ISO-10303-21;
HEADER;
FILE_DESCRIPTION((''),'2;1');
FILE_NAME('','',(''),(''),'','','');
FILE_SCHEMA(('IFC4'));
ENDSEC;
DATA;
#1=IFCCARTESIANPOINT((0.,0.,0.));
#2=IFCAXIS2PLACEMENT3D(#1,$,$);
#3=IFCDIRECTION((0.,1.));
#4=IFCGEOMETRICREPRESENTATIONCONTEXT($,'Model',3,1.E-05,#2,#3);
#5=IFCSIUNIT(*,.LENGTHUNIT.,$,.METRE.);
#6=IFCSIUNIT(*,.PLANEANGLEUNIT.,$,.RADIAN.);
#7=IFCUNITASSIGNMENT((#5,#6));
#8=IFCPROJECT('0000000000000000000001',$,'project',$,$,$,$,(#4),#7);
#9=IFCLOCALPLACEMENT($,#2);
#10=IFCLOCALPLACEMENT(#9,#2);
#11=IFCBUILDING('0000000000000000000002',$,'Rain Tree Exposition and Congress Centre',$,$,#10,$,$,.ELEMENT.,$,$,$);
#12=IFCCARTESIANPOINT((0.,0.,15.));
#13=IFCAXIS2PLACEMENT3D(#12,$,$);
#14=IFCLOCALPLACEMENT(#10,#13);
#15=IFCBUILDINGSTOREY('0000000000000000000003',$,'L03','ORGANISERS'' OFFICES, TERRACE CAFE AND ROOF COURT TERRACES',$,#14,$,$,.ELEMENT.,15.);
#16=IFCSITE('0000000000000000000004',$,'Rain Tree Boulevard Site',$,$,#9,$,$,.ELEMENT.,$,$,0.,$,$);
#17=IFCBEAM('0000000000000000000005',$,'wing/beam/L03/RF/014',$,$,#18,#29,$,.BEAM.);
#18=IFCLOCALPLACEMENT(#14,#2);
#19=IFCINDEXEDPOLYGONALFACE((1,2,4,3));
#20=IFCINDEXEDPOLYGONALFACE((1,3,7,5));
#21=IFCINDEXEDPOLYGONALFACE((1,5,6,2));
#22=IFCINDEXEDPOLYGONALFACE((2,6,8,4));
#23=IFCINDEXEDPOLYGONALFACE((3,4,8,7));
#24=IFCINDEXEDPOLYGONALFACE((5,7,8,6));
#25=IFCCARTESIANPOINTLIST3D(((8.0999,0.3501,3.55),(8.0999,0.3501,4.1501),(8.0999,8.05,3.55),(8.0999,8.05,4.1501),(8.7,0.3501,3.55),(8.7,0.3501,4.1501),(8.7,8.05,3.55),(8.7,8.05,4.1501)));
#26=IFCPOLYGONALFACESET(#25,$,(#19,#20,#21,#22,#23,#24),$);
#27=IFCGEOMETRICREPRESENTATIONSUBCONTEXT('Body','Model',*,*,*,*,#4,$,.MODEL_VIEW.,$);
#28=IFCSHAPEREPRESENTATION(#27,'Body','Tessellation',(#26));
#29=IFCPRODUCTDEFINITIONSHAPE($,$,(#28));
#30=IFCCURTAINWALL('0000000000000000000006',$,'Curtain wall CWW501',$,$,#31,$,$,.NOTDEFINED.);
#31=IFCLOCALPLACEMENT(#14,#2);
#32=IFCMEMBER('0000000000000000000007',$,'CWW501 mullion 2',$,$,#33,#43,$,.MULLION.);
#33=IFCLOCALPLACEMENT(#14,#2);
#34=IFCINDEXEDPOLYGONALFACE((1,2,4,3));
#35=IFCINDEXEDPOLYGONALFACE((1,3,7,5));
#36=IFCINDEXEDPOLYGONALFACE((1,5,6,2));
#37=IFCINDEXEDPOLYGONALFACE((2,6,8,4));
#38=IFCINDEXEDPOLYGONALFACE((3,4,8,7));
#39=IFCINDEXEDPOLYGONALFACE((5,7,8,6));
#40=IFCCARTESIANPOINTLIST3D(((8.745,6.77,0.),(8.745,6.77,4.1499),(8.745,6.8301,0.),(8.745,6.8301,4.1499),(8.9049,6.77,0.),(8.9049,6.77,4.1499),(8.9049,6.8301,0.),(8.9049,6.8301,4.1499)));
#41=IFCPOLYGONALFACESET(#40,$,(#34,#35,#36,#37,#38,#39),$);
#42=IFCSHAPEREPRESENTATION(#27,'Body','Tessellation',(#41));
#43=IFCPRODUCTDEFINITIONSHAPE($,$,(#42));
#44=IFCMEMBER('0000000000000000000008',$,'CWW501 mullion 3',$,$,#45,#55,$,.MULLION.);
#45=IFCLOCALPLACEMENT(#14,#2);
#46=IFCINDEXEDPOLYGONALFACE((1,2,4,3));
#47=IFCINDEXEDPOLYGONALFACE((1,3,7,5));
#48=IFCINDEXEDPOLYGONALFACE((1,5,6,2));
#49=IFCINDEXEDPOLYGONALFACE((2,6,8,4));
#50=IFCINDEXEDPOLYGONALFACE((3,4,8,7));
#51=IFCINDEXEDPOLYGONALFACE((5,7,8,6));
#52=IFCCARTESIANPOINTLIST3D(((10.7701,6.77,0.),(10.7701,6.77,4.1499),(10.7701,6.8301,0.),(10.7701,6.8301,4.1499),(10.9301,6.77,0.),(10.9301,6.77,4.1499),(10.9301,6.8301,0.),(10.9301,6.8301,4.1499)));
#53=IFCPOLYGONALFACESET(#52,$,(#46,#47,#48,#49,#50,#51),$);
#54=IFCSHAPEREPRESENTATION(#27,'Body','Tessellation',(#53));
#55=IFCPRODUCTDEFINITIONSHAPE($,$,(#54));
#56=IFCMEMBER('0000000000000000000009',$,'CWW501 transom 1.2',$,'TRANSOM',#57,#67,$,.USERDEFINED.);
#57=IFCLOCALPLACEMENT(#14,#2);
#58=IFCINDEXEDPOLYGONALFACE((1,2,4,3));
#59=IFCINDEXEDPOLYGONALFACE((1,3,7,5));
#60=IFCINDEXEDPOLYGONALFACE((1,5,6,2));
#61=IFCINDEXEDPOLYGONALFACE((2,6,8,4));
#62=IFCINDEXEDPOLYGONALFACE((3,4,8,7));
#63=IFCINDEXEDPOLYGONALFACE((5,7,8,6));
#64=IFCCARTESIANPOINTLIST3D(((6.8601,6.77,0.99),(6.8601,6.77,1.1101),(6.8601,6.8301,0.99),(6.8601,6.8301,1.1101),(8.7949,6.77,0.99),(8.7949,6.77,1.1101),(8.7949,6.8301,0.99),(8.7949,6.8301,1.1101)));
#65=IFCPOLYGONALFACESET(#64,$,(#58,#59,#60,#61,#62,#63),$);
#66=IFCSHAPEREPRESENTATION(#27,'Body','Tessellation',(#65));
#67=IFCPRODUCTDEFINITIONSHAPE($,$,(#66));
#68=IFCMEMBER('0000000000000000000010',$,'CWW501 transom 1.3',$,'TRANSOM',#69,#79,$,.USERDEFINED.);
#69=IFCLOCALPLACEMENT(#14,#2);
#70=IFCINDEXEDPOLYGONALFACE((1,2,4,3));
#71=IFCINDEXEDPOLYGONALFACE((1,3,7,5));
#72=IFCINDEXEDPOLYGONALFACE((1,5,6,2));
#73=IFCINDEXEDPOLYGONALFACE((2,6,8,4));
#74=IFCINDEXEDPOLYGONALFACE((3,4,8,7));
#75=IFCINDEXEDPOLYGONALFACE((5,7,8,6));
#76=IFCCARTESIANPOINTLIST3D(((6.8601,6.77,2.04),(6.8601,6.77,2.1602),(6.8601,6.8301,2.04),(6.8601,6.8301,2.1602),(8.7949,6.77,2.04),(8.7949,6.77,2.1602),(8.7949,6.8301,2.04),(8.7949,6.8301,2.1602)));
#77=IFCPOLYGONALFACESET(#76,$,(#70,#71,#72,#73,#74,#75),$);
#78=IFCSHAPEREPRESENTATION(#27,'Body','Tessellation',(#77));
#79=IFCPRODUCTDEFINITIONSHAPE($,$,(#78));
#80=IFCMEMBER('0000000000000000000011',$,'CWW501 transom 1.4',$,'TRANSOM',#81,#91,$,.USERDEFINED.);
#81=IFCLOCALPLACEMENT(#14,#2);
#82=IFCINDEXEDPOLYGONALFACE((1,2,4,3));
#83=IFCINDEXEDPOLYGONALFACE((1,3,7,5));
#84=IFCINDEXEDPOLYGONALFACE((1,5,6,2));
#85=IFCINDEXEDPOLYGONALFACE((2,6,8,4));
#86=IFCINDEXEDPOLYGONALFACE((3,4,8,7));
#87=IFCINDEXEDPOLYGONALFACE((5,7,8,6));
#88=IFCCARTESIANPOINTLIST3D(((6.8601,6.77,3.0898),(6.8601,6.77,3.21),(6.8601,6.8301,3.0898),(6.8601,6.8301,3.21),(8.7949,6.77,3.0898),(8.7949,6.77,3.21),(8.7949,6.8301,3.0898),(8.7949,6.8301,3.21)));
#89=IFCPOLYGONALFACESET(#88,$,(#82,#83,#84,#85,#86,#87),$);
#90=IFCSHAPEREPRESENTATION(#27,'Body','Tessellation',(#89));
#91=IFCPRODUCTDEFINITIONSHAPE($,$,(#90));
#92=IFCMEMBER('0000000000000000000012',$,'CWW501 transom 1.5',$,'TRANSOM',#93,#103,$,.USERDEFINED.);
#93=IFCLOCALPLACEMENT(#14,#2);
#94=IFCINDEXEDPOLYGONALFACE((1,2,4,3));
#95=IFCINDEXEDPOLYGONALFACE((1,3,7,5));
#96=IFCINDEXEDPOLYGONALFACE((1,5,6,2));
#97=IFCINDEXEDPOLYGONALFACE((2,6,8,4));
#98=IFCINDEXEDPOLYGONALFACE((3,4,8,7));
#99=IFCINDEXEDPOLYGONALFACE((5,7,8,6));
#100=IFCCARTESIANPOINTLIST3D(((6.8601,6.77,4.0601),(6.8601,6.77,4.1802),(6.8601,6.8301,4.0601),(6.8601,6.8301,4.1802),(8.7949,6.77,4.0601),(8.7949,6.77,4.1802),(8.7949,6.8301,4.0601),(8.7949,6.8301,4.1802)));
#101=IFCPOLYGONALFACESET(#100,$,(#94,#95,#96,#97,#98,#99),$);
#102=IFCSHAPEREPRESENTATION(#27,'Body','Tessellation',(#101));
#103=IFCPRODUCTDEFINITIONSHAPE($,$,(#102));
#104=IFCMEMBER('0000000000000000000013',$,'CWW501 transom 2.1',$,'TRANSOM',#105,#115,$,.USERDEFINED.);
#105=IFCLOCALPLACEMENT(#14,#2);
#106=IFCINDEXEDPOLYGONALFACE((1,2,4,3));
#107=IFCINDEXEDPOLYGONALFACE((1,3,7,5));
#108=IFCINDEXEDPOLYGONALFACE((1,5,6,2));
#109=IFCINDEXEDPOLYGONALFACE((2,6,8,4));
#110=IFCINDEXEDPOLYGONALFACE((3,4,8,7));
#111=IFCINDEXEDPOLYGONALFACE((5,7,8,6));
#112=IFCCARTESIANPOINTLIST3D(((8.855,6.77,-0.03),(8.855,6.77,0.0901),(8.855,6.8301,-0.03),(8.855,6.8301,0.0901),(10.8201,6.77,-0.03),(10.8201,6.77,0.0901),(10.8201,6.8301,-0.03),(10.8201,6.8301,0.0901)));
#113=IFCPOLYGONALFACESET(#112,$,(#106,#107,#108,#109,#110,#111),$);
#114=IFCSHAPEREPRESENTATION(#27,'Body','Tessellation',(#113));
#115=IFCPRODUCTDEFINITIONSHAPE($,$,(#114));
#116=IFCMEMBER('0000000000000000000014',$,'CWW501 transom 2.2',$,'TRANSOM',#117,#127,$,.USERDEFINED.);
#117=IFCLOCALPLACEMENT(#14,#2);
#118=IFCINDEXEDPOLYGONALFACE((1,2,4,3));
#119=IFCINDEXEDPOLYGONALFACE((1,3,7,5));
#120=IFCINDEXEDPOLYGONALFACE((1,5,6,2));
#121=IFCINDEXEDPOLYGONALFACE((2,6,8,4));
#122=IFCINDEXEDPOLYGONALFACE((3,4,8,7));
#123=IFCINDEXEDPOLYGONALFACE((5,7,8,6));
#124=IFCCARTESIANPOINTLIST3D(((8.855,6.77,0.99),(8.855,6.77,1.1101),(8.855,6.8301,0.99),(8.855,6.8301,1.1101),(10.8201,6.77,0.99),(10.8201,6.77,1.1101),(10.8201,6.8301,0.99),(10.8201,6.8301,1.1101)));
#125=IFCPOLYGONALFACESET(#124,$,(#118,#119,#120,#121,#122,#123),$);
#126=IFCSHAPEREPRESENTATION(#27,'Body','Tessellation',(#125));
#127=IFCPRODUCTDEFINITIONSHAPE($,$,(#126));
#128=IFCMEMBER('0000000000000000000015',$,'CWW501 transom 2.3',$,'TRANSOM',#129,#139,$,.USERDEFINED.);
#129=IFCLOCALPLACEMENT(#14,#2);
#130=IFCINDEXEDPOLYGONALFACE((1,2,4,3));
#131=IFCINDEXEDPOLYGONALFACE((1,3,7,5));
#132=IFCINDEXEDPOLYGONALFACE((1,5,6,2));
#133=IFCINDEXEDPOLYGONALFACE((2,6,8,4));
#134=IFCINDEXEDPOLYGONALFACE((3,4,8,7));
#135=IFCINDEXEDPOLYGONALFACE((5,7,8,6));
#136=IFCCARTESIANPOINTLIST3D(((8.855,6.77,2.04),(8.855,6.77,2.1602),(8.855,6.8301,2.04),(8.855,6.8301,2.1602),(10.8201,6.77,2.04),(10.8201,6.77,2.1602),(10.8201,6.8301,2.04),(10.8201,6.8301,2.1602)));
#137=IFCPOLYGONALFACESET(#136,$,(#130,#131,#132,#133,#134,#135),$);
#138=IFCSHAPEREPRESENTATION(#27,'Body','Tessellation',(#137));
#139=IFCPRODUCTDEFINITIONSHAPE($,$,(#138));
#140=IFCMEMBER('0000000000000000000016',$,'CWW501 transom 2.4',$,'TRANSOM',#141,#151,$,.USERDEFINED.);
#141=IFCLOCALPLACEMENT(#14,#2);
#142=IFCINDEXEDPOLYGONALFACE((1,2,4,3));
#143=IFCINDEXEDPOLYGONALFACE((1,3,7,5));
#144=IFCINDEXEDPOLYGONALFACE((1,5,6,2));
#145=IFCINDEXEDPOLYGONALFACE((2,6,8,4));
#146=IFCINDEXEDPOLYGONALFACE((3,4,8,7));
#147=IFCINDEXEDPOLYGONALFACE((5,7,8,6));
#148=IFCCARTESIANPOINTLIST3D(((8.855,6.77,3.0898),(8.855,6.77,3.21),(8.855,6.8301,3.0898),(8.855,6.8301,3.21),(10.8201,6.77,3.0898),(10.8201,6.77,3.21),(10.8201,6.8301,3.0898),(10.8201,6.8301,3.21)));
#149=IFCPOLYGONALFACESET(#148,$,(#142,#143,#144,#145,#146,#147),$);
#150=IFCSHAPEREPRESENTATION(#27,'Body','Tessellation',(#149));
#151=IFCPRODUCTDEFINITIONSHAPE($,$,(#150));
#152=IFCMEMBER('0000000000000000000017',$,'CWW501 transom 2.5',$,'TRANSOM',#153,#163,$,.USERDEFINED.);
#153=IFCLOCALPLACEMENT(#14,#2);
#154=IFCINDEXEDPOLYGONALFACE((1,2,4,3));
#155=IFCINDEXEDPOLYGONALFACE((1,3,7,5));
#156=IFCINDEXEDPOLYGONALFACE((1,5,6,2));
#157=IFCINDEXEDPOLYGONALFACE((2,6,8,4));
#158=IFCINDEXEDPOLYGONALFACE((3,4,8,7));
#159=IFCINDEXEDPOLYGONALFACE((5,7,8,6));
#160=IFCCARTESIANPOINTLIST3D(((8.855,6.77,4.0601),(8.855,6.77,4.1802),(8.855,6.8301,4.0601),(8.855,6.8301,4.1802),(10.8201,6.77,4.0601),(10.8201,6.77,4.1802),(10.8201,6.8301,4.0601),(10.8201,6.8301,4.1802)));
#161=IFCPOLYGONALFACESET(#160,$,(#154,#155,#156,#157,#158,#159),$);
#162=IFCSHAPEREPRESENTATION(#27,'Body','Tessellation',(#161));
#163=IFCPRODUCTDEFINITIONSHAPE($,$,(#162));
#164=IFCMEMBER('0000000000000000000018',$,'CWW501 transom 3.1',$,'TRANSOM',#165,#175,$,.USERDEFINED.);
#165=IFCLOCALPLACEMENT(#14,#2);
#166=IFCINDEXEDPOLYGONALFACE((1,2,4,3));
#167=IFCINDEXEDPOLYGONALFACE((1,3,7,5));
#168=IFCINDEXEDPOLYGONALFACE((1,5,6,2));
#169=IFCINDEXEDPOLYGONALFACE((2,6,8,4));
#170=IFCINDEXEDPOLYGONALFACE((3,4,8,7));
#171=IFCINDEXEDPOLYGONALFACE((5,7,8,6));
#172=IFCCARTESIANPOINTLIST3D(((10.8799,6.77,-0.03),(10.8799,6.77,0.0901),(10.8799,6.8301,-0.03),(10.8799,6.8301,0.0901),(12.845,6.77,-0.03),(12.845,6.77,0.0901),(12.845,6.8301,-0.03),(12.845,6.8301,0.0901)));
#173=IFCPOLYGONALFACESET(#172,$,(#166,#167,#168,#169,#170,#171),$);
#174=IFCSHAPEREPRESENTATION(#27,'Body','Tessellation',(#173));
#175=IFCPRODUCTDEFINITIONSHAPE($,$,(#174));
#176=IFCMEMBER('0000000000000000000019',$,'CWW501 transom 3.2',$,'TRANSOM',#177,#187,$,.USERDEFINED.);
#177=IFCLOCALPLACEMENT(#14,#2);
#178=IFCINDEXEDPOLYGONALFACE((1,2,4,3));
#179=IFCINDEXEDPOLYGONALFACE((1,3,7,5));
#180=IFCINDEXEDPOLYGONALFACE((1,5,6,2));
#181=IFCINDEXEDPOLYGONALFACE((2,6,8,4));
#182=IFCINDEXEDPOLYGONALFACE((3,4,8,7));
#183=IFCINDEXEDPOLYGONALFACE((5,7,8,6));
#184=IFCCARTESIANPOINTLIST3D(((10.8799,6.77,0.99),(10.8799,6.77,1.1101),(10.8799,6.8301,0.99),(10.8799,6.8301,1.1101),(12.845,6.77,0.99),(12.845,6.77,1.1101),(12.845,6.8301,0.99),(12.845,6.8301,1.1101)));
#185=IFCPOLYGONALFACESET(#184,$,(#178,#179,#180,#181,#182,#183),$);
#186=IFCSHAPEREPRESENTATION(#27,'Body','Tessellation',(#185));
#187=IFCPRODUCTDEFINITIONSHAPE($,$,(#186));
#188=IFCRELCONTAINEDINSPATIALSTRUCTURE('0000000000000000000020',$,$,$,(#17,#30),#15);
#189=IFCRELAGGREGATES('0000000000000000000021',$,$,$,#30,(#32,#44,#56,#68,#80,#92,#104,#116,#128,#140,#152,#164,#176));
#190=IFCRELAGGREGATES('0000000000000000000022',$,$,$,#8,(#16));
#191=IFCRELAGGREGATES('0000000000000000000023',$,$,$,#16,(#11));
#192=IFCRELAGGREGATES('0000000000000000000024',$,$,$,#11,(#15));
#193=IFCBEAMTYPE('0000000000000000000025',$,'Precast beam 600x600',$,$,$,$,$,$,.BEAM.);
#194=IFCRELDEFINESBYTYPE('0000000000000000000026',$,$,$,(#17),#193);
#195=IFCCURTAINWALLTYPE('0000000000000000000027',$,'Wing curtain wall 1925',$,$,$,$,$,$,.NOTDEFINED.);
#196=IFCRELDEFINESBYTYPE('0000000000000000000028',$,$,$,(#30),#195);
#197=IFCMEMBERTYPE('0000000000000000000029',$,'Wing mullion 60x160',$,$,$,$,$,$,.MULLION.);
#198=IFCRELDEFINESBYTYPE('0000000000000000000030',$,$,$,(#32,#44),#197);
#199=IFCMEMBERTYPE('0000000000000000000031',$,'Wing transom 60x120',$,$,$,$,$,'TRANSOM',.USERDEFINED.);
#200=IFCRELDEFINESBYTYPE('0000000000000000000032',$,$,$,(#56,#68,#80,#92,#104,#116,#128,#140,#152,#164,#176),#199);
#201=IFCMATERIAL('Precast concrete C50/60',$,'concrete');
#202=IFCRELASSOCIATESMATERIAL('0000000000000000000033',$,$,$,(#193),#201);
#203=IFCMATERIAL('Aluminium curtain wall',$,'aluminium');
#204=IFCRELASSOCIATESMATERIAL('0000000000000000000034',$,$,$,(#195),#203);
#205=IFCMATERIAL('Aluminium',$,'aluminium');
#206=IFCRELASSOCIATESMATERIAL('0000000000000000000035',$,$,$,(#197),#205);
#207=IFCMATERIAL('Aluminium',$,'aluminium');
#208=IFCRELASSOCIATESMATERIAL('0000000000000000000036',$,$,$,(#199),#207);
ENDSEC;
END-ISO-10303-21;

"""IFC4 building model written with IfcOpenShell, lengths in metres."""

from ifc_helpers import new_model, si_unit, direction, frame, origin, origin_2d, place, context, subcontext, project, spatial, rectangle, extrude, material, material_profile, profile_set, type_object, element, aggregate, save


model = new_model("IFC4")

# Units and contexts
model_context = context("Model", 3, precision=1e-05, world=origin(), true_north=direction((0.0, 1.0)))
body_context = subcontext(model_context, "Body", "Model", "MODEL_VIEW")
ifc_project = project(units=[si_unit("LENGTHUNIT", "METRE"), si_unit("PLANEANGLEUNIT", "RADIAN")], contexts=[model_context])

# Site, building, storey
site_placement = place(None, origin())
site = spatial("IfcSite", under=ifc_project, at=site_placement, Name="Rain Tree Boulevard Site", CompositionType="ELEMENT", RefElevation=0.0)
building_placement = place(site_placement, origin())
building = spatial("IfcBuilding", under=site, at=building_placement, Name="Rain Tree Exposition and Congress Centre", CompositionType="ELEMENT")
storey_placement = place(building_placement, frame((0.0, 0.0, 15.0)))
storey = spatial("IfcBuildingStorey", under=building, at=storey_placement, Name="L03", Description="ORGANISERS' OFFICES, TERRACE CAFE AND ROOF COURT TERRACES", CompositionType="ELEMENT", Elevation=15.0)

# Beam
ifc_material_1 = material(Name="Precast concrete C50/60", Category="concrete")
ifc_material_profile_1 = material_profile(ifc_material_1, rectangle(XDim=0.6001, YDim=0.6001, at=origin_2d()), Name="RC 600x600")
ifc_profile_set_1 = profile_set([ifc_material_profile_1], Name="Precast concrete C50/60")
beam_type = type_object("IfcBeamType", Name="Precast beam 600x600", PredefinedType="BEAM", material=ifc_profile_set_1)
beam_placement = place(storey_placement, frame((8.3999, 0.3501, 3.8501), z_axis=(0.0, 1.0, 0.0), x_axis=(-1.0, 0.0, 0.0)))
element("IfcBeam", 1, at=beam_placement, inside=storey, type_object=beam_type, Name="wing/beam/L03/RF/014", PredefinedType="BEAM", context=body_context, shape_type="SweptSolid", body=[
    extrude(rectangle(XDim=0.6001, YDim=0.6001, at=origin_2d()), origin(), (0.0, 0.0, 1.0), 7.7),
])

# Curtain wall, members
ifc_material_2 = material(Name="Aluminium curtain wall", Category="aluminium")
curtain_wall_type = type_object("IfcCurtainWallType", Name="Wing curtain wall 1925", PredefinedType="NOTDEFINED", material=ifc_material_2)
curtain_wall_placement = place(storey_placement, origin())
curtain_wall = element("IfcCurtainWall", 2, at=curtain_wall_placement, inside=storey, type_object=curtain_wall_type, Name="Curtain wall CWW501", PredefinedType="NOTDEFINED")
ifc_material_3 = material(Name="Aluminium", Category="aluminium")
ifc_material_profile_2 = material_profile(ifc_material_3, rectangle(XDim=0.0601, YDim=0.1599, at=origin_2d()), Name="Aluminium 60x160")
ifc_profile_set_2 = profile_set([ifc_material_profile_2], Name="Aluminium")
member_type_1 = type_object("IfcMemberType", Name="Wing mullion 60x160", PredefinedType="MULLION", material=ifc_profile_set_2)
member_1_placement = place(storey_placement, frame((8.825, 6.8, 0.0), z_axis=(0.0, 0.0, 1.0), x_axis=(0.0, 1.0, 0.0)))
member_1 = element("IfcMember", 3, at=member_1_placement, type_object=member_type_1, Name="CWW501 mullion 2", PredefinedType="MULLION", context=body_context, shape_type="SweptSolid", body=[
    extrude(rectangle(XDim=0.0601, YDim=0.1599, at=origin_2d()), origin(), (0.0, 0.0, 1.0), 4.1499),
])
member_2_placement = place(storey_placement, frame((10.8501, 6.8, 0.0), z_axis=(0.0, 0.0, 1.0), x_axis=(0.0, 1.0, 0.0)))
member_2 = element("IfcMember", 4, at=member_2_placement, type_object=member_type_1, Name="CWW501 mullion 3", PredefinedType="MULLION", context=body_context, shape_type="SweptSolid", body=[
    extrude(rectangle(XDim=0.0601, YDim=0.1599, at=origin_2d()), origin(), (0.0, 0.0, 1.0), 4.1499),
])
ifc_material_4 = material(Name="Aluminium", Category="aluminium")
ifc_material_profile_3 = material_profile(ifc_material_4, rectangle(XDim=0.0601, YDim=0.1201, at=origin_2d()), Name="Aluminium 60x120")
ifc_profile_set_3 = profile_set([ifc_material_profile_3], Name="Aluminium")
member_type_2 = type_object("IfcMemberType", Name="Wing transom 60x120", ElementType="TRANSOM", PredefinedType="USERDEFINED", material=ifc_profile_set_3)
member_3_placement = place(storey_placement, frame((6.8601, 6.8, 1.05), z_axis=(1.0, 0.0, 0.0), x_axis=(0.0, 1.0, 0.0)))
member_3 = element("IfcMember", 5, at=member_3_placement, type_object=member_type_2, Name="CWW501 transom 1.2", ObjectType="TRANSOM", PredefinedType="USERDEFINED", context=body_context, shape_type="SweptSolid", body=[
    extrude(rectangle(XDim=0.0601, YDim=0.1201, at=origin_2d()), origin(), (0.0, 0.0, 1.0), 1.9348),
])
member_4_placement = place(storey_placement, frame((6.8601, 6.8, 2.1001), z_axis=(1.0, 0.0, 0.0), x_axis=(0.0, 1.0, 0.0)))
member_4 = element("IfcMember", 6, at=member_4_placement, type_object=member_type_2, Name="CWW501 transom 1.3", ObjectType="TRANSOM", PredefinedType="USERDEFINED", context=body_context, shape_type="SweptSolid", body=[
    extrude(rectangle(XDim=0.0601, YDim=0.1201, at=origin_2d()), origin(), (0.0, 0.0, 1.0), 1.9348),
])
member_5_placement = place(storey_placement, frame((6.8601, 6.8, 3.1499), z_axis=(1.0, 0.0, 0.0), x_axis=(0.0, 1.0, 0.0)))
member_5 = element("IfcMember", 7, at=member_5_placement, type_object=member_type_2, Name="CWW501 transom 1.4", ObjectType="TRANSOM", PredefinedType="USERDEFINED", context=body_context, shape_type="SweptSolid", body=[
    extrude(rectangle(XDim=0.0601, YDim=0.1201, at=origin_2d()), origin(), (0.0, 0.0, 1.0), 1.9348),
])
member_6_placement = place(storey_placement, frame((6.8601, 6.8, 4.1201), z_axis=(1.0, 0.0, 0.0), x_axis=(0.0, 1.0, 0.0)))
member_6 = element("IfcMember", 8, at=member_6_placement, type_object=member_type_2, Name="CWW501 transom 1.5", ObjectType="TRANSOM", PredefinedType="USERDEFINED", context=body_context, shape_type="SweptSolid", body=[
    extrude(rectangle(XDim=0.0601, YDim=0.1201, at=origin_2d()), origin(), (0.0, 0.0, 1.0), 1.9348),
])
member_7_placement = place(storey_placement, frame((8.855, 6.8, 0.03), z_axis=(1.0, 0.0, 0.0), x_axis=(0.0, 1.0, 0.0)))
member_7 = element("IfcMember", 9, at=member_7_placement, type_object=member_type_2, Name="CWW501 transom 2.1", ObjectType="TRANSOM", PredefinedType="USERDEFINED", context=body_context, shape_type="SweptSolid", body=[
    extrude(rectangle(XDim=0.0601, YDim=0.1201, at=origin_2d()), origin(), (0.0, 0.0, 1.0), 1.9651),
])
member_8_placement = place(storey_placement, frame((8.855, 6.8, 1.05), z_axis=(1.0, 0.0, 0.0), x_axis=(0.0, 1.0, 0.0)))
member_8 = element("IfcMember", 10, at=member_8_placement, type_object=member_type_2, Name="CWW501 transom 2.2", ObjectType="TRANSOM", PredefinedType="USERDEFINED", context=body_context, shape_type="SweptSolid", body=[
    extrude(rectangle(XDim=0.0601, YDim=0.1201, at=origin_2d()), origin(), (0.0, 0.0, 1.0), 1.9651),
])
member_9_placement = place(storey_placement, frame((8.855, 6.8, 2.1001), z_axis=(1.0, 0.0, 0.0), x_axis=(0.0, 1.0, 0.0)))
member_9 = element("IfcMember", 11, at=member_9_placement, type_object=member_type_2, Name="CWW501 transom 2.3", ObjectType="TRANSOM", PredefinedType="USERDEFINED", context=body_context, shape_type="SweptSolid", body=[
    extrude(rectangle(XDim=0.0601, YDim=0.1201, at=origin_2d()), origin(), (0.0, 0.0, 1.0), 1.9651),
])
member_10_placement = place(storey_placement, frame((8.855, 6.8, 3.1499), z_axis=(1.0, 0.0, 0.0), x_axis=(0.0, 1.0, 0.0)))
member_10 = element("IfcMember", 12, at=member_10_placement, type_object=member_type_2, Name="CWW501 transom 2.4", ObjectType="TRANSOM", PredefinedType="USERDEFINED", context=body_context, shape_type="SweptSolid", body=[
    extrude(rectangle(XDim=0.0601, YDim=0.1201, at=origin_2d()), origin(), (0.0, 0.0, 1.0), 1.9651),
])
member_11_placement = place(storey_placement, frame((8.855, 6.8, 4.1201), z_axis=(1.0, 0.0, 0.0), x_axis=(0.0, 1.0, 0.0)))
member_11 = element("IfcMember", 13, at=member_11_placement, type_object=member_type_2, Name="CWW501 transom 2.5", ObjectType="TRANSOM", PredefinedType="USERDEFINED", context=body_context, shape_type="SweptSolid", body=[
    extrude(rectangle(XDim=0.0601, YDim=0.1201, at=origin_2d()), origin(), (0.0, 0.0, 1.0), 1.9651),
])
member_12_placement = place(storey_placement, frame((10.8799, 6.8, 0.03), z_axis=(1.0, 0.0, 0.0), x_axis=(0.0, 1.0, 0.0)))
member_12 = element("IfcMember", 14, at=member_12_placement, type_object=member_type_2, Name="CWW501 transom 3.1", ObjectType="TRANSOM", PredefinedType="USERDEFINED", context=body_context, shape_type="SweptSolid", body=[
    extrude(rectangle(XDim=0.0601, YDim=0.1201, at=origin_2d()), origin(), (0.0, 0.0, 1.0), 1.9651),
])
member_13_placement = place(storey_placement, frame((10.8799, 6.8, 1.05), z_axis=(1.0, 0.0, 0.0), x_axis=(0.0, 1.0, 0.0)))
member_13 = element("IfcMember", 15, at=member_13_placement, type_object=member_type_2, Name="CWW501 transom 3.2", ObjectType="TRANSOM", PredefinedType="USERDEFINED", context=body_context, shape_type="SweptSolid", body=[
    extrude(rectangle(XDim=0.0601, YDim=0.1201, at=origin_2d()), origin(), (0.0, 0.0, 1.0), 1.9651),
])
aggregate(curtain_wall, [member_1, member_2, member_3, member_4, member_5, member_6, member_7, member_8, member_9, member_10, member_11, member_12, member_13])

save(model, "model.ifc")
